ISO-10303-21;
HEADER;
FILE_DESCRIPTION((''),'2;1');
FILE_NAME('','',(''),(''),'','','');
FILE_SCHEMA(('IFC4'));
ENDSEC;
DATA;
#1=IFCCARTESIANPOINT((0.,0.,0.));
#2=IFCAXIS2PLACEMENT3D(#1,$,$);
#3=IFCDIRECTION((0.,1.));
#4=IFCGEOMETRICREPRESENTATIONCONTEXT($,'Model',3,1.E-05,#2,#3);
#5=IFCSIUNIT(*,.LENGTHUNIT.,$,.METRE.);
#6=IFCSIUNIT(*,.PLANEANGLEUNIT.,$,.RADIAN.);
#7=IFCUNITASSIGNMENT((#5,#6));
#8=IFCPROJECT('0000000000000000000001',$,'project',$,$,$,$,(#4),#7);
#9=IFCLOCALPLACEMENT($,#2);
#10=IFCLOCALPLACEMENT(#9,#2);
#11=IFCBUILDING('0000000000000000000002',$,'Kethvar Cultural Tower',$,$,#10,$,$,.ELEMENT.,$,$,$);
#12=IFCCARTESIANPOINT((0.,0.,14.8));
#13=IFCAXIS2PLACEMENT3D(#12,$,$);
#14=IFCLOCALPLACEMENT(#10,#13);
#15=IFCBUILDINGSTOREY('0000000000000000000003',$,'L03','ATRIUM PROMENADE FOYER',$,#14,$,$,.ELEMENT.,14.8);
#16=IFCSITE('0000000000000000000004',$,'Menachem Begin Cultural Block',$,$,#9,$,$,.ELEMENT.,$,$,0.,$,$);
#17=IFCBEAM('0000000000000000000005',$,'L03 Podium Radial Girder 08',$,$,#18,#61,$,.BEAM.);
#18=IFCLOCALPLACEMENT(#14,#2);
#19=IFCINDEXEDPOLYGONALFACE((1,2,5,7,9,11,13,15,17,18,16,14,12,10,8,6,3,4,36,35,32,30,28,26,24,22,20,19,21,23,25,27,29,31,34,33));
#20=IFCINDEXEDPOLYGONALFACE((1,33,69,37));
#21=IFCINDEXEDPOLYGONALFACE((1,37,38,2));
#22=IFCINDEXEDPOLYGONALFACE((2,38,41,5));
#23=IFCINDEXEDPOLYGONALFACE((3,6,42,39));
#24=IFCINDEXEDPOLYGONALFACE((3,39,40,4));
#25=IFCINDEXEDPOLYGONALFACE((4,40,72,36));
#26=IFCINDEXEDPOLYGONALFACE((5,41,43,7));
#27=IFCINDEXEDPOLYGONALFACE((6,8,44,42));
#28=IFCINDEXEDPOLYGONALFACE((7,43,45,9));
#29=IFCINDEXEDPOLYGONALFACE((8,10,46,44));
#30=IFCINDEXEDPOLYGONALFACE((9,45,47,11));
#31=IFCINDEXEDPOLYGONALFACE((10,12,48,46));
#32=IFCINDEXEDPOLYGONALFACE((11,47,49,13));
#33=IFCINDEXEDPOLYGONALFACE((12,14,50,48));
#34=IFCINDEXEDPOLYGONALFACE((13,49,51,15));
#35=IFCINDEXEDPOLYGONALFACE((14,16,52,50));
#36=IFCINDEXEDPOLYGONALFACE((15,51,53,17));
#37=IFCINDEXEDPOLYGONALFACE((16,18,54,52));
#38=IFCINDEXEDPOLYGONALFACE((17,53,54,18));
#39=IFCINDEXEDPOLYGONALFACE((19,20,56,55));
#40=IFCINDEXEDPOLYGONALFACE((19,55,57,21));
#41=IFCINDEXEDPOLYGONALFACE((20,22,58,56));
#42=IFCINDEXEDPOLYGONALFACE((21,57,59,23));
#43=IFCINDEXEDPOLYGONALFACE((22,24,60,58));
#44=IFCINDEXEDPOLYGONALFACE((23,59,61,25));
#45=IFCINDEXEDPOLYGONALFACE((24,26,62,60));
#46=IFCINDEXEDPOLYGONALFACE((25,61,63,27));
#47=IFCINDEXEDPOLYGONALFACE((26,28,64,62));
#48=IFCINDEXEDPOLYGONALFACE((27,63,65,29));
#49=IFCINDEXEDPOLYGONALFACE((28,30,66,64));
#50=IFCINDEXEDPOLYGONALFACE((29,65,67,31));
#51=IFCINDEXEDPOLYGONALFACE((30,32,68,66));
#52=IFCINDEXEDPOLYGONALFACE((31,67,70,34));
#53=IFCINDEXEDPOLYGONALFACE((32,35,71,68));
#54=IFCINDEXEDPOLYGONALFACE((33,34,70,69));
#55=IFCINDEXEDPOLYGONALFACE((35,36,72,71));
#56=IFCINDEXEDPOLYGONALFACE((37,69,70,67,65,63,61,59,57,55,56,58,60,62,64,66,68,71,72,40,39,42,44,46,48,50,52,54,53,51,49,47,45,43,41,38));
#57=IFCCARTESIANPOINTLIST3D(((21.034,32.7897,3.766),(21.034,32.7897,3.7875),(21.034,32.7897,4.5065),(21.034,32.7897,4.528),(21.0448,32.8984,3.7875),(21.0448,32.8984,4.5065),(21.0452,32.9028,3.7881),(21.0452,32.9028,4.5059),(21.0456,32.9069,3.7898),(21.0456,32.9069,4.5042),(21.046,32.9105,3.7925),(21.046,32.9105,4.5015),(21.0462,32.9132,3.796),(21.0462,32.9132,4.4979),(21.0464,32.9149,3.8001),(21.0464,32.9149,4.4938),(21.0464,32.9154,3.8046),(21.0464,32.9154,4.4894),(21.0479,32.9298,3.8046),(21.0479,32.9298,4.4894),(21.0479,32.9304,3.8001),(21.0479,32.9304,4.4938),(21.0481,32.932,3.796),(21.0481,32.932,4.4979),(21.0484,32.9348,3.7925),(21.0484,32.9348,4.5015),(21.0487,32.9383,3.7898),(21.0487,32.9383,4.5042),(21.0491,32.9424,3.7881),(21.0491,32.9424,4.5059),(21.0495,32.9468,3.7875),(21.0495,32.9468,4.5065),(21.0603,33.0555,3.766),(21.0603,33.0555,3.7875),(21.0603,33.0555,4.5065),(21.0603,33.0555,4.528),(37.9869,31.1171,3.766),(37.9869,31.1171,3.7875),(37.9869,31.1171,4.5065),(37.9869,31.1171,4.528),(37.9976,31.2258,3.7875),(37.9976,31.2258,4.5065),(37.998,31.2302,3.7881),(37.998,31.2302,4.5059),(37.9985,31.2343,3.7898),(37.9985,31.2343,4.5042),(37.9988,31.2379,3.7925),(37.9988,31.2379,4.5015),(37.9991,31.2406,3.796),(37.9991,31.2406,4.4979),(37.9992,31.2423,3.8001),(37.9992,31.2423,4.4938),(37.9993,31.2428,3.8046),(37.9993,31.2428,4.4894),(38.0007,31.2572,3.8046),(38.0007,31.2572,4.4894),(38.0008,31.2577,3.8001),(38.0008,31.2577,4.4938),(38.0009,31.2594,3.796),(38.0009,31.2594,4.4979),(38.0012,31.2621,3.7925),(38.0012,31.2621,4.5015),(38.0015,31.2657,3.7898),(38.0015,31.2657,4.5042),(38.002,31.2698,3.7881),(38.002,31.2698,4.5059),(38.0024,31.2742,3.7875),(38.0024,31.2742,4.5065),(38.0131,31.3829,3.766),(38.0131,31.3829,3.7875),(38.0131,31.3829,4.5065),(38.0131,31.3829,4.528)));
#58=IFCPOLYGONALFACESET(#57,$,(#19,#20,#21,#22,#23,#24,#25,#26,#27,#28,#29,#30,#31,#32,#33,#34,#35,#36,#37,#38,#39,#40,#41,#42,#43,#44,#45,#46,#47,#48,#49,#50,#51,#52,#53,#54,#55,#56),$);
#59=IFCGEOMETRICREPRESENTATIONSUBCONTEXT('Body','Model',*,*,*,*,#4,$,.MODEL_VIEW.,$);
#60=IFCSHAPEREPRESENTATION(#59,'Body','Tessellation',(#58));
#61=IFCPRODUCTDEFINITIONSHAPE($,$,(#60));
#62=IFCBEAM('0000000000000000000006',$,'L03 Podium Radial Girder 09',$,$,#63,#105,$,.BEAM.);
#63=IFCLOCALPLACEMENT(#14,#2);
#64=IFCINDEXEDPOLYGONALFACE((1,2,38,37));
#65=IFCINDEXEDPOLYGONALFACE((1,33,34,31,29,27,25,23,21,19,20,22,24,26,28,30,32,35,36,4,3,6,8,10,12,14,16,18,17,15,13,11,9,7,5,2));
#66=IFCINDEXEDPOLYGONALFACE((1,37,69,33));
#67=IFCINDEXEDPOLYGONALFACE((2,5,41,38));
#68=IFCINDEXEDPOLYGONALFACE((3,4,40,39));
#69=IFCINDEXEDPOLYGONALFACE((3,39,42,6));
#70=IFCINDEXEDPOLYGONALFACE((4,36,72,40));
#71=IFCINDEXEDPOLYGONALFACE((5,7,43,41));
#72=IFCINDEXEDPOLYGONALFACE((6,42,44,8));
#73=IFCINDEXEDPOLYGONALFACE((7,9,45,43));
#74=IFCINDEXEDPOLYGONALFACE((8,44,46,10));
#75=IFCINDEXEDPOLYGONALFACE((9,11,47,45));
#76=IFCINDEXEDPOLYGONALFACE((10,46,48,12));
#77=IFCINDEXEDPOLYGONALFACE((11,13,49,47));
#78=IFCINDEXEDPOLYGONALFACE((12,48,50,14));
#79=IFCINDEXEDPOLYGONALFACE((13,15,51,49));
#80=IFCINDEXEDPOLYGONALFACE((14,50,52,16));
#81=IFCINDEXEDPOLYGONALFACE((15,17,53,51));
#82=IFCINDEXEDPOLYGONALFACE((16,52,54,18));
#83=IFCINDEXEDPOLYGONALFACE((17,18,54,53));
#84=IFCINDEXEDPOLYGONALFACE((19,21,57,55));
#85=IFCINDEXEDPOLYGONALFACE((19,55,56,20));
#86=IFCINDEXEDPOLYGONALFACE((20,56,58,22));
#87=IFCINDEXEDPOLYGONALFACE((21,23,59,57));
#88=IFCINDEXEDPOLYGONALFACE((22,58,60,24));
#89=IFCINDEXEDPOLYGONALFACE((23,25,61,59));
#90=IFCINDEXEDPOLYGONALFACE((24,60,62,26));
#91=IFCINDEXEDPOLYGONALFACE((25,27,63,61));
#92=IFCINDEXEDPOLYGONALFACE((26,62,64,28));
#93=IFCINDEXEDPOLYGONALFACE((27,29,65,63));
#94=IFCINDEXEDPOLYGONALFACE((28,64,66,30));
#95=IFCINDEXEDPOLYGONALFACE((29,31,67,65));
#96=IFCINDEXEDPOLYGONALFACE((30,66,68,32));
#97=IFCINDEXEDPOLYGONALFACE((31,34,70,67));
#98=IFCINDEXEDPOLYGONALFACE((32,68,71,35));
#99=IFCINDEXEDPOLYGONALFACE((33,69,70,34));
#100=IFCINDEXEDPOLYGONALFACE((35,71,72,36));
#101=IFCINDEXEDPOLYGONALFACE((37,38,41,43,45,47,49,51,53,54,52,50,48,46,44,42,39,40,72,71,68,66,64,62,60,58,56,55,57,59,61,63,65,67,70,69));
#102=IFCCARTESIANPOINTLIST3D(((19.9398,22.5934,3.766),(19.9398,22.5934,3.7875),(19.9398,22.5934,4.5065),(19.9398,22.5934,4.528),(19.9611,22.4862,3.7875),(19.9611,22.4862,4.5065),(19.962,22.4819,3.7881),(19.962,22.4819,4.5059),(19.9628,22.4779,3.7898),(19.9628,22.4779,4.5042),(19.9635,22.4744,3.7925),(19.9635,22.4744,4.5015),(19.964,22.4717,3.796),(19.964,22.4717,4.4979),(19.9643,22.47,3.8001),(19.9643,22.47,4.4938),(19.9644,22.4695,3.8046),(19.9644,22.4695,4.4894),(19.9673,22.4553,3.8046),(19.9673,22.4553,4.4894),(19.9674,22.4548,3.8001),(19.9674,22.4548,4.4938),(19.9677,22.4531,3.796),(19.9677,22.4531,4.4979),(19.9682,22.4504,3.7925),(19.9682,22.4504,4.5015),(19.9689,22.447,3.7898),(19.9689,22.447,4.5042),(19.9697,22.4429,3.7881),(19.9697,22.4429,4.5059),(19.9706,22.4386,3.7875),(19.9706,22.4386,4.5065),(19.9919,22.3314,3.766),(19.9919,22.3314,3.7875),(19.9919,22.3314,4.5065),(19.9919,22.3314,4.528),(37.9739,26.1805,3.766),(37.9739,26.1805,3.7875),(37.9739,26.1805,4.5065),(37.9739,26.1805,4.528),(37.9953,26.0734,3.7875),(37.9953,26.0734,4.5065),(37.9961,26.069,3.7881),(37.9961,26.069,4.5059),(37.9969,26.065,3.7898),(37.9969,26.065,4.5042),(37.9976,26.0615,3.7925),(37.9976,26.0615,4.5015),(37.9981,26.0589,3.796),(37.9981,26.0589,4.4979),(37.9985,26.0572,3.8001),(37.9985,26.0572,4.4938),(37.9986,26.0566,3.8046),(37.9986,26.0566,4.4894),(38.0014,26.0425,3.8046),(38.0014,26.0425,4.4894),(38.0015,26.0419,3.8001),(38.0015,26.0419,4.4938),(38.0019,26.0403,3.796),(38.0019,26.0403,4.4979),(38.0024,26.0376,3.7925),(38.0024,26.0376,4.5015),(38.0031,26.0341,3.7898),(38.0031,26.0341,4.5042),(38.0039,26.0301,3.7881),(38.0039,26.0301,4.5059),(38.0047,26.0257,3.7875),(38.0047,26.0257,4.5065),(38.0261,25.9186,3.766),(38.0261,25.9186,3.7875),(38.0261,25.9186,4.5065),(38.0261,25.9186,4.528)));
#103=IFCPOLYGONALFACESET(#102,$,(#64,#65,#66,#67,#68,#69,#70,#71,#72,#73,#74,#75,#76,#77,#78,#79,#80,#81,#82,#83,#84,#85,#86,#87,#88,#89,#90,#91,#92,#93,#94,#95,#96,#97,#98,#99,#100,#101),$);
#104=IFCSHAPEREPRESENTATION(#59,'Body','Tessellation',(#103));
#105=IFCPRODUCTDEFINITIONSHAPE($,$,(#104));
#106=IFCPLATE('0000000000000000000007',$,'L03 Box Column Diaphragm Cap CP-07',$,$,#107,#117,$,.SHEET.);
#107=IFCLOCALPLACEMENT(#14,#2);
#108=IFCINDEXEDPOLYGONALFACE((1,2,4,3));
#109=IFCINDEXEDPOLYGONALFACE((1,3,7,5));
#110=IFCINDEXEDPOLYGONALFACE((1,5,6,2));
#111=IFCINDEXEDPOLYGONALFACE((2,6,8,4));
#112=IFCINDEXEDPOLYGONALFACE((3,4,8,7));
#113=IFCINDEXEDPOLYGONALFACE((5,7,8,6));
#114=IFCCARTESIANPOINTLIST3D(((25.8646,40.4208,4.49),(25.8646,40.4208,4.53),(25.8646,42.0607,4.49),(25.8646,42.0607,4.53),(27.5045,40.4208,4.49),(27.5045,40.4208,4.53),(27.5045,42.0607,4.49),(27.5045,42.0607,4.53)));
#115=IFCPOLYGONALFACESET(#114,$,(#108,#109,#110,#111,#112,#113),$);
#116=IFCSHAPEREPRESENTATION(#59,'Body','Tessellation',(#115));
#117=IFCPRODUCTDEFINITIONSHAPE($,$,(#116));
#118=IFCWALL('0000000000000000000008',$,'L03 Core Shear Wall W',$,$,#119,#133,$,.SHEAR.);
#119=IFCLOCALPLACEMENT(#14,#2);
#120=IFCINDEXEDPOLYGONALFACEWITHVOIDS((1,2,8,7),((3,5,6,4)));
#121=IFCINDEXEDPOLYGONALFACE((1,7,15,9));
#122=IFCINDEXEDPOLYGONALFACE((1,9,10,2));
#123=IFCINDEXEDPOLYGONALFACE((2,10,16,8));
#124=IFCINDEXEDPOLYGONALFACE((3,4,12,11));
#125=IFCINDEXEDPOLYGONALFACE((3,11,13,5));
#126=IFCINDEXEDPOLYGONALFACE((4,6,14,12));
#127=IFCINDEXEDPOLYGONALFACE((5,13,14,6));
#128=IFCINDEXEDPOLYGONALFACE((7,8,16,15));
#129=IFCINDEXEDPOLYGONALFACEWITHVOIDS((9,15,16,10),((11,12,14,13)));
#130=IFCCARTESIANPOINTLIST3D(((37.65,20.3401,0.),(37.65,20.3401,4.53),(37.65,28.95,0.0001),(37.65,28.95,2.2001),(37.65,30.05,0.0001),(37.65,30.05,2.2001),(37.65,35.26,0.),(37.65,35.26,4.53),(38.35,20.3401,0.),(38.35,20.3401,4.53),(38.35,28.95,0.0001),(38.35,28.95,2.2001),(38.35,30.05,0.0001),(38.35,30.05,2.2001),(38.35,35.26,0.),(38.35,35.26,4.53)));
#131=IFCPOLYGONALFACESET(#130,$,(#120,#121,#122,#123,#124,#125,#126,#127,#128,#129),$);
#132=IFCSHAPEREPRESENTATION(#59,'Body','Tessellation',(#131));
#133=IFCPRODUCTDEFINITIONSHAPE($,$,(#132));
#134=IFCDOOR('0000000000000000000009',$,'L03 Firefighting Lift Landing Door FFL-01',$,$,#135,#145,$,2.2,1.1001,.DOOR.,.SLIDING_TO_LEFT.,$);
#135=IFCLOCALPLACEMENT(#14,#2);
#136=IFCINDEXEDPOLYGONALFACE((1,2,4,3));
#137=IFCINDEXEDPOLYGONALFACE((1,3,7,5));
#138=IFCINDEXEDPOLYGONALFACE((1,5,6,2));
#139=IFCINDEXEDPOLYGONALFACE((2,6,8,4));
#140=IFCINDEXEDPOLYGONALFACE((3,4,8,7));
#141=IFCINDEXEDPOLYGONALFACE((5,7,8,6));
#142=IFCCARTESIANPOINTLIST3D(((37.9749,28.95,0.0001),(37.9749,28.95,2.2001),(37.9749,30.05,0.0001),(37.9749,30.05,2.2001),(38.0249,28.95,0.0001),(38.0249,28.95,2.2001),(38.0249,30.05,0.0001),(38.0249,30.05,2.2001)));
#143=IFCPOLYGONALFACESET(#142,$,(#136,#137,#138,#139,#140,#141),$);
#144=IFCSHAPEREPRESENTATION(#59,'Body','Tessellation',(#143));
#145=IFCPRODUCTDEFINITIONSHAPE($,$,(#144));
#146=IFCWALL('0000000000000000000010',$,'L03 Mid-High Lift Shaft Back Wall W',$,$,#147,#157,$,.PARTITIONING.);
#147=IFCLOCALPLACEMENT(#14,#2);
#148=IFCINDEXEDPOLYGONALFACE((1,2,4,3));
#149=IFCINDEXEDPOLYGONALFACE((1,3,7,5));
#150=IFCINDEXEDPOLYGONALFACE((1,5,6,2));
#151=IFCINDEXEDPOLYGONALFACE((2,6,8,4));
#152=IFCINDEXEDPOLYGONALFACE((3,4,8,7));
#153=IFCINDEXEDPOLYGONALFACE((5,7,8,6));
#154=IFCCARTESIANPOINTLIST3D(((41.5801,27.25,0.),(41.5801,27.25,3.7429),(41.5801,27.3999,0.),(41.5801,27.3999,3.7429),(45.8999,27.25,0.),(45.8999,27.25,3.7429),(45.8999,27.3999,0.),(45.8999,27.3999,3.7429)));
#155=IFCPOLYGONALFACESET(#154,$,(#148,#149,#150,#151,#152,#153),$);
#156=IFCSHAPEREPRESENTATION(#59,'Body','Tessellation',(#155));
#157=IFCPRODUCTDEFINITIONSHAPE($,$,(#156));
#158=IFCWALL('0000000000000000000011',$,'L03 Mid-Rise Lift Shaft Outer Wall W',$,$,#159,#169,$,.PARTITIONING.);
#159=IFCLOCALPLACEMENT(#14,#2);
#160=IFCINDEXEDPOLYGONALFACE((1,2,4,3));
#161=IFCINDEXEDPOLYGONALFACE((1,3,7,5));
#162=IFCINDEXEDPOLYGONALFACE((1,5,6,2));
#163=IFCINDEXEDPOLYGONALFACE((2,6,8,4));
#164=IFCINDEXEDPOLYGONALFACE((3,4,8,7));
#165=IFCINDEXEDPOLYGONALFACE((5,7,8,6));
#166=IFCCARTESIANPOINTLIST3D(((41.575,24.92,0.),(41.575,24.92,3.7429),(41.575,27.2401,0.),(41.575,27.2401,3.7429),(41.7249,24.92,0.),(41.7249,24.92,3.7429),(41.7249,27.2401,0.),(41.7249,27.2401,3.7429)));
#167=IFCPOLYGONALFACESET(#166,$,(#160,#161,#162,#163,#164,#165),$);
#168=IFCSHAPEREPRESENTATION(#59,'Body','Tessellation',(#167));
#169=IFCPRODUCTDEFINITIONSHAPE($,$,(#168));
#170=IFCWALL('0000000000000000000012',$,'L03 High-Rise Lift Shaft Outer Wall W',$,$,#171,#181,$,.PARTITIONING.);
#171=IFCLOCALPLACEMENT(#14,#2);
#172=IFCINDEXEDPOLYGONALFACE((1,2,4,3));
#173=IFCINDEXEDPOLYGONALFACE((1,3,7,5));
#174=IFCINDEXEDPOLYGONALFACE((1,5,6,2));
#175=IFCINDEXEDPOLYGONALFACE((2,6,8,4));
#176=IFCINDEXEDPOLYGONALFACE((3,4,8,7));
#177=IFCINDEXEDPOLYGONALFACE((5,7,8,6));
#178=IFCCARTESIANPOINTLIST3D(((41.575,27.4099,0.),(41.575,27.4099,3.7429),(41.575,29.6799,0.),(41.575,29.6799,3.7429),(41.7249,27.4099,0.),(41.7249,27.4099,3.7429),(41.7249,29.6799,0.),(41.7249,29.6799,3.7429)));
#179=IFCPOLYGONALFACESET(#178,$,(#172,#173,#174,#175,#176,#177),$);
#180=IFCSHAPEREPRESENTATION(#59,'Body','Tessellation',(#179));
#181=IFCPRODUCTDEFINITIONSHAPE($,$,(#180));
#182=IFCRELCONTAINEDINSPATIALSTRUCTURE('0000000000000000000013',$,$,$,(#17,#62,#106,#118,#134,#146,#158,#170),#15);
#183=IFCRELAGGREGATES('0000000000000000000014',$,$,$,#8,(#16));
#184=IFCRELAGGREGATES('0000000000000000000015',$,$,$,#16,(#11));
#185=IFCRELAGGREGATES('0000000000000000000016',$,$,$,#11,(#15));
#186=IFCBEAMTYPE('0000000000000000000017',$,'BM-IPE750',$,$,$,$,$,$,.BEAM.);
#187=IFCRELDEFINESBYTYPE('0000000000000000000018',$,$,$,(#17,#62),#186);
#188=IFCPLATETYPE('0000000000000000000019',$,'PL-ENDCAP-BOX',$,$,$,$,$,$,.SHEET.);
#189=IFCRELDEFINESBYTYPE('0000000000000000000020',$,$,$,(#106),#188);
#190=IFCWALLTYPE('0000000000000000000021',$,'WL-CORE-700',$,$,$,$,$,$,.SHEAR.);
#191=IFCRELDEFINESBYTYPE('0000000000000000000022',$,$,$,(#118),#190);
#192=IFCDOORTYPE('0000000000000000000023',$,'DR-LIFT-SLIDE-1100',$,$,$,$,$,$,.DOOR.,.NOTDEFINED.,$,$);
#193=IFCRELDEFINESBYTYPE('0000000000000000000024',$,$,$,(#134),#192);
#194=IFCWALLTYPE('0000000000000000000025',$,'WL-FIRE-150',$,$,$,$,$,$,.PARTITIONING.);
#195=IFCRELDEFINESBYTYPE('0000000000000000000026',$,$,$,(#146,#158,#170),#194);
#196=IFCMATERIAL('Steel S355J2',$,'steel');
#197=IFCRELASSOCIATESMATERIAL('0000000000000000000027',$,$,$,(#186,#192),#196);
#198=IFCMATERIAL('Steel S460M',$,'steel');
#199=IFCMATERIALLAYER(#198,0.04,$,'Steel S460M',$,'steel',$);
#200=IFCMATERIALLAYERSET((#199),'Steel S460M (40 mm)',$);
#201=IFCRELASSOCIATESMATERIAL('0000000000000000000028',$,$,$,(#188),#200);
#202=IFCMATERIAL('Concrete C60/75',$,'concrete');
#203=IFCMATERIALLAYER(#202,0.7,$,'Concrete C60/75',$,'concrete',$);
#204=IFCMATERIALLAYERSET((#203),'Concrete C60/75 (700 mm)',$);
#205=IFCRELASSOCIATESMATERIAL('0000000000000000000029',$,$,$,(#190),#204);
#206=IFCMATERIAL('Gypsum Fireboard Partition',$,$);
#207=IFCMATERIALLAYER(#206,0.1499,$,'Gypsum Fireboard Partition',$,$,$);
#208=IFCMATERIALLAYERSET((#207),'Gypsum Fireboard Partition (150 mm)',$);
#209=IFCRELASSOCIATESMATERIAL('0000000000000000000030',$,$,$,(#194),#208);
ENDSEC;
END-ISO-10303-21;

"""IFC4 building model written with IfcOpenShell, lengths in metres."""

from ifc_helpers import new_model, si_unit, direction, frame, frame_2d, origin, origin_2d, place, context, subcontext, project, spatial, rectangle, i_section, extrude, source, transform, mapped, material, layer, layer_set, material_profile, profile_set, type_object, element, fill, save


model = new_model("IFC4")

# Units and contexts
model_context = context("Model", 3, precision=1e-05, world=origin(), true_north=direction((0.0, 1.0)))
body_context = subcontext(model_context, "Body", "Model", "MODEL_VIEW")
ifc_project = project(units=[si_unit("LENGTHUNIT", "METRE"), si_unit("PLANEANGLEUNIT", "RADIAN")], contexts=[model_context])

# Site, building, storey
site_placement = place(None, origin())
site = spatial("IfcSite", under=ifc_project, at=site_placement, Name="Menachem Begin Cultural Block", CompositionType="ELEMENT", RefElevation=0.0)
building_placement = place(site_placement, origin())
building = spatial("IfcBuilding", under=site, at=building_placement, Name="Kethvar Cultural Tower", CompositionType="ELEMENT")
storey_placement = place(building_placement, frame((0.0, 0.0, 14.8)))
storey = spatial("IfcBuildingStorey", under=building, at=storey_placement, Name="L03", Description="ATRIUM PROMENADE FOYER", CompositionType="ELEMENT", Elevation=14.8)

# Shared definitions
ifc_material_1 = material(Name="Steel S460M", Category="steel")

# Beams
ifc_material_2 = material(Name="Steel S355J2", Category="steel")
ifc_material_profile_1 = material_profile(ifc_material_2, i_section(OverallWidth=0.2671, OverallDepth=0.762, WebThickness=0.0144, FlangeThickness=0.0215, FilletRadius=0.0171, at=origin_2d()), Name="Steel S355J2 — IPE750x173")
ifc_profile_set_1 = profile_set([ifc_material_profile_1], Name="Steel S355J2 — IPE750x173")
beam_type = type_object("IfcBeamType", Name="BM-IPE750", PredefinedType="BEAM", material=ifc_profile_set_1)
shared_shape_1 = source(origin(), body_context, "Body", "SweptSolid", [
    extrude(i_section(OverallWidth=0.2671, OverallDepth=0.762, WebThickness=0.0144, FlangeThickness=0.0215, FilletRadius=0.0171, at=origin_2d()), origin(), (0.0, 0.0, 1.0), 17.0352),
])
beam_1_placement = place(storey_placement, frame((38.0, 31.25, 4.147), z_axis=(-0.995168, 0.098185, 0.0), x_axis=(-0.098185, -0.995168, 0.0)))
element("IfcBeam", 1, at=beam_1_placement, inside=storey, type_object=beam_type, Name="L03 Podium Radial Girder 08", PredefinedType="BEAM", context=body_context, shape_type="MappedRepresentation", body=[
    mapped(shared_shape_1, transform((0.0, 0.0, 0.0), scale=1.0)),
])
shared_shape_2 = source(origin(), body_context, "Body", "SweptSolid", [
    extrude(i_section(OverallWidth=0.2671, OverallDepth=0.762, WebThickness=0.0144, FlangeThickness=0.0215, FilletRadius=0.0171, at=origin_2d()), origin(), (0.0, 0.0, 1.0), 18.3875),
])
beam_2_placement = place(storey_placement, frame((38.0, 26.0496, 4.147), z_axis=(-0.980786, -0.195087, 0.0), x_axis=(0.195087, -0.980786, 0.0)))
element("IfcBeam", 2, at=beam_2_placement, inside=storey, type_object=beam_type, Name="L03 Podium Radial Girder 09", PredefinedType="BEAM", context=body_context, shape_type="MappedRepresentation", body=[
    mapped(shared_shape_2, transform((0.0, 0.0, 0.0), scale=1.0)),
])

# Plate
ifc_layer_1 = layer(ifc_material_1, 0.04, Name="Steel S460M", Category="steel")
ifc_layer_set_1 = layer_set([ifc_layer_1], Name="Steel S460M (40 mm)")
plate_type = type_object("IfcPlateType", Name="PL-ENDCAP-BOX", PredefinedType="SHEET", material=ifc_layer_set_1)
shared_shape_3 = source(origin(), body_context, "Body", "SweptSolid", [
    extrude(rectangle(XDim=1.6399, YDim=1.6399, at=origin_2d()), origin(), (0.0, 0.0, 1.0), 0.04),
])
plate_placement = place(storey_placement, frame((26.6846, 41.2407, 4.49), z_axis=(0.0, 0.0, 1.0), x_axis=(1.0, 0.0, 0.0)))
element("IfcPlate", 3, at=plate_placement, inside=storey, type_object=plate_type, Name="L03 Box Column Diaphragm Cap CP-07", PredefinedType="SHEET", context=body_context, shape_type="MappedRepresentation", body=[
    mapped(shared_shape_3, transform((0.0, 0.0, 0.0), scale=1.0)),
])

# Wall, opening, door
ifc_material_3 = material(Name="Concrete C60/75", Category="concrete")
ifc_layer_2 = layer(ifc_material_3, 0.7, Name="Concrete C60/75", Category="concrete")
ifc_layer_set_2 = layer_set([ifc_layer_2], Name="Concrete C60/75 (700 mm)")
wall_type_1 = type_object("IfcWallType", Name="WL-CORE-700", PredefinedType="SHEAR", material=ifc_layer_set_2)
wall_1_placement = place(storey_placement, frame((38.0, 35.26, 0.0), z_axis=(0.0, 0.0, 1.0), x_axis=(0.0, -1.0, 0.0)))
wall_1 = element("IfcWall", 4, at=wall_1_placement, inside=storey, type_object=wall_type_1, Name="L03 Core Shear Wall W", PredefinedType="SHEAR", context=body_context, shape_type="SweptSolid", body=[
    extrude(rectangle(XDim=14.9199, YDim=0.7, at=frame_2d((7.46, 0.0))), origin(), (0.0, 0.0, 1.0), 4.53),
])
opening_1_placement = place(wall_1_placement, frame((5.21, 0.0, 0.0)))
opening_1 = element("IfcOpeningElement", 5, at=opening_1_placement, cuts=wall_1, PredefinedType="OPENING", context=body_context, shape_type="SweptSolid", body=[
    extrude(rectangle(XDim=1.1001, YDim=2.2, at=frame_2d((0.55, 1.1001))), frame((0.0, 0.3599, 0.0), z_axis=(0.0, -1.0, 0.0), x_axis=(1.0, 0.0, 0.0)), (0.0, 0.0, 1.0), 0.72),
])
door_type_1 = type_object("IfcDoorType", Name="DR-LIFT-SLIDE-1100", OperationType="NOTDEFINED", PredefinedType="DOOR", material=ifc_material_2)
shared_shape_4 = source(origin(), body_context, "Body", "SweptSolid", [
    extrude(rectangle(XDim=1.1001, YDim=2.2, at=frame_2d((0.55, 1.1001))), frame((0.0, 0.0249, 0.0), z_axis=(0.0, -1.0, 0.0), x_axis=(1.0, 0.0, 0.0)), (0.0, 0.0, 1.0), 0.05),
])
door_1_placement = place(opening_1_placement, origin())
door_1 = element("IfcDoor", 6, at=door_1_placement, inside=storey, type_object=door_type_1, Name="L03 Firefighting Lift Landing Door FFL-01", OperationType="SLIDING_TO_LEFT", OverallHeight=2.2, OverallWidth=1.1001, PredefinedType="DOOR", context=body_context, shape_type="MappedRepresentation", body=[
    mapped(shared_shape_4, transform((0.0, 0.0, 0.0), scale=1.0)),
])
fill(opening_1, door_1)

# Walls
ifc_material_4 = material(Name="Gypsum Fireboard Partition")
ifc_layer_3 = layer(ifc_material_4, 0.1499, Name="Gypsum Fireboard Partition")
ifc_layer_set_3 = layer_set([ifc_layer_3], Name="Gypsum Fireboard Partition (150 mm)")
wall_type_2 = type_object("IfcWallType", Name="WL-FIRE-150", PredefinedType="PARTITIONING", material=ifc_layer_set_3)
wall_2_placement = place(storey_placement, frame((41.5801, 27.325, 0.0), z_axis=(0.0, 0.0, 1.0), x_axis=(1.0, 0.0, 0.0)))
element("IfcWall", 7, at=wall_2_placement, inside=storey, type_object=wall_type_2, Name="L03 Mid-High Lift Shaft Back Wall W", PredefinedType="PARTITIONING", context=body_context, shape_type="SweptSolid", body=[
    extrude(rectangle(XDim=4.3198, YDim=0.1499, at=frame_2d((2.1599, 0.0))), origin(), (0.0, 0.0, 1.0), 3.7429),
])
wall_3_placement = place(storey_placement, frame((41.6499, 24.9199, 0.0), z_axis=(0.0, 0.0, 1.0), x_axis=(0.0, 1.0, 0.0)))
element("IfcWall", 8, at=wall_3_placement, inside=storey, type_object=wall_type_2, Name="L03 Mid-Rise Lift Shaft Outer Wall W", PredefinedType="PARTITIONING", context=body_context, shape_type="SweptSolid", body=[
    extrude(rectangle(XDim=2.3201, YDim=0.1499, at=frame_2d((1.1602, 0.0))), origin(), (0.0, 0.0, 1.0), 3.7429),
])
wall_4_placement = place(storey_placement, frame((41.6499, 27.4099, 0.0), z_axis=(0.0, 0.0, 1.0), x_axis=(0.0, 1.0, 0.0)))
element("IfcWall", 9, at=wall_4_placement, inside=storey, type_object=wall_type_2, Name="L03 High-Rise Lift Shaft Outer Wall W", PredefinedType="PARTITIONING", context=body_context, shape_type="SweptSolid", body=[
    extrude(rectangle(XDim=2.27, YDim=0.1499, at=frame_2d((1.135, 0.0))), origin(), (0.0, 0.0, 1.0), 3.7429),
])

save(model, "model.ifc")
